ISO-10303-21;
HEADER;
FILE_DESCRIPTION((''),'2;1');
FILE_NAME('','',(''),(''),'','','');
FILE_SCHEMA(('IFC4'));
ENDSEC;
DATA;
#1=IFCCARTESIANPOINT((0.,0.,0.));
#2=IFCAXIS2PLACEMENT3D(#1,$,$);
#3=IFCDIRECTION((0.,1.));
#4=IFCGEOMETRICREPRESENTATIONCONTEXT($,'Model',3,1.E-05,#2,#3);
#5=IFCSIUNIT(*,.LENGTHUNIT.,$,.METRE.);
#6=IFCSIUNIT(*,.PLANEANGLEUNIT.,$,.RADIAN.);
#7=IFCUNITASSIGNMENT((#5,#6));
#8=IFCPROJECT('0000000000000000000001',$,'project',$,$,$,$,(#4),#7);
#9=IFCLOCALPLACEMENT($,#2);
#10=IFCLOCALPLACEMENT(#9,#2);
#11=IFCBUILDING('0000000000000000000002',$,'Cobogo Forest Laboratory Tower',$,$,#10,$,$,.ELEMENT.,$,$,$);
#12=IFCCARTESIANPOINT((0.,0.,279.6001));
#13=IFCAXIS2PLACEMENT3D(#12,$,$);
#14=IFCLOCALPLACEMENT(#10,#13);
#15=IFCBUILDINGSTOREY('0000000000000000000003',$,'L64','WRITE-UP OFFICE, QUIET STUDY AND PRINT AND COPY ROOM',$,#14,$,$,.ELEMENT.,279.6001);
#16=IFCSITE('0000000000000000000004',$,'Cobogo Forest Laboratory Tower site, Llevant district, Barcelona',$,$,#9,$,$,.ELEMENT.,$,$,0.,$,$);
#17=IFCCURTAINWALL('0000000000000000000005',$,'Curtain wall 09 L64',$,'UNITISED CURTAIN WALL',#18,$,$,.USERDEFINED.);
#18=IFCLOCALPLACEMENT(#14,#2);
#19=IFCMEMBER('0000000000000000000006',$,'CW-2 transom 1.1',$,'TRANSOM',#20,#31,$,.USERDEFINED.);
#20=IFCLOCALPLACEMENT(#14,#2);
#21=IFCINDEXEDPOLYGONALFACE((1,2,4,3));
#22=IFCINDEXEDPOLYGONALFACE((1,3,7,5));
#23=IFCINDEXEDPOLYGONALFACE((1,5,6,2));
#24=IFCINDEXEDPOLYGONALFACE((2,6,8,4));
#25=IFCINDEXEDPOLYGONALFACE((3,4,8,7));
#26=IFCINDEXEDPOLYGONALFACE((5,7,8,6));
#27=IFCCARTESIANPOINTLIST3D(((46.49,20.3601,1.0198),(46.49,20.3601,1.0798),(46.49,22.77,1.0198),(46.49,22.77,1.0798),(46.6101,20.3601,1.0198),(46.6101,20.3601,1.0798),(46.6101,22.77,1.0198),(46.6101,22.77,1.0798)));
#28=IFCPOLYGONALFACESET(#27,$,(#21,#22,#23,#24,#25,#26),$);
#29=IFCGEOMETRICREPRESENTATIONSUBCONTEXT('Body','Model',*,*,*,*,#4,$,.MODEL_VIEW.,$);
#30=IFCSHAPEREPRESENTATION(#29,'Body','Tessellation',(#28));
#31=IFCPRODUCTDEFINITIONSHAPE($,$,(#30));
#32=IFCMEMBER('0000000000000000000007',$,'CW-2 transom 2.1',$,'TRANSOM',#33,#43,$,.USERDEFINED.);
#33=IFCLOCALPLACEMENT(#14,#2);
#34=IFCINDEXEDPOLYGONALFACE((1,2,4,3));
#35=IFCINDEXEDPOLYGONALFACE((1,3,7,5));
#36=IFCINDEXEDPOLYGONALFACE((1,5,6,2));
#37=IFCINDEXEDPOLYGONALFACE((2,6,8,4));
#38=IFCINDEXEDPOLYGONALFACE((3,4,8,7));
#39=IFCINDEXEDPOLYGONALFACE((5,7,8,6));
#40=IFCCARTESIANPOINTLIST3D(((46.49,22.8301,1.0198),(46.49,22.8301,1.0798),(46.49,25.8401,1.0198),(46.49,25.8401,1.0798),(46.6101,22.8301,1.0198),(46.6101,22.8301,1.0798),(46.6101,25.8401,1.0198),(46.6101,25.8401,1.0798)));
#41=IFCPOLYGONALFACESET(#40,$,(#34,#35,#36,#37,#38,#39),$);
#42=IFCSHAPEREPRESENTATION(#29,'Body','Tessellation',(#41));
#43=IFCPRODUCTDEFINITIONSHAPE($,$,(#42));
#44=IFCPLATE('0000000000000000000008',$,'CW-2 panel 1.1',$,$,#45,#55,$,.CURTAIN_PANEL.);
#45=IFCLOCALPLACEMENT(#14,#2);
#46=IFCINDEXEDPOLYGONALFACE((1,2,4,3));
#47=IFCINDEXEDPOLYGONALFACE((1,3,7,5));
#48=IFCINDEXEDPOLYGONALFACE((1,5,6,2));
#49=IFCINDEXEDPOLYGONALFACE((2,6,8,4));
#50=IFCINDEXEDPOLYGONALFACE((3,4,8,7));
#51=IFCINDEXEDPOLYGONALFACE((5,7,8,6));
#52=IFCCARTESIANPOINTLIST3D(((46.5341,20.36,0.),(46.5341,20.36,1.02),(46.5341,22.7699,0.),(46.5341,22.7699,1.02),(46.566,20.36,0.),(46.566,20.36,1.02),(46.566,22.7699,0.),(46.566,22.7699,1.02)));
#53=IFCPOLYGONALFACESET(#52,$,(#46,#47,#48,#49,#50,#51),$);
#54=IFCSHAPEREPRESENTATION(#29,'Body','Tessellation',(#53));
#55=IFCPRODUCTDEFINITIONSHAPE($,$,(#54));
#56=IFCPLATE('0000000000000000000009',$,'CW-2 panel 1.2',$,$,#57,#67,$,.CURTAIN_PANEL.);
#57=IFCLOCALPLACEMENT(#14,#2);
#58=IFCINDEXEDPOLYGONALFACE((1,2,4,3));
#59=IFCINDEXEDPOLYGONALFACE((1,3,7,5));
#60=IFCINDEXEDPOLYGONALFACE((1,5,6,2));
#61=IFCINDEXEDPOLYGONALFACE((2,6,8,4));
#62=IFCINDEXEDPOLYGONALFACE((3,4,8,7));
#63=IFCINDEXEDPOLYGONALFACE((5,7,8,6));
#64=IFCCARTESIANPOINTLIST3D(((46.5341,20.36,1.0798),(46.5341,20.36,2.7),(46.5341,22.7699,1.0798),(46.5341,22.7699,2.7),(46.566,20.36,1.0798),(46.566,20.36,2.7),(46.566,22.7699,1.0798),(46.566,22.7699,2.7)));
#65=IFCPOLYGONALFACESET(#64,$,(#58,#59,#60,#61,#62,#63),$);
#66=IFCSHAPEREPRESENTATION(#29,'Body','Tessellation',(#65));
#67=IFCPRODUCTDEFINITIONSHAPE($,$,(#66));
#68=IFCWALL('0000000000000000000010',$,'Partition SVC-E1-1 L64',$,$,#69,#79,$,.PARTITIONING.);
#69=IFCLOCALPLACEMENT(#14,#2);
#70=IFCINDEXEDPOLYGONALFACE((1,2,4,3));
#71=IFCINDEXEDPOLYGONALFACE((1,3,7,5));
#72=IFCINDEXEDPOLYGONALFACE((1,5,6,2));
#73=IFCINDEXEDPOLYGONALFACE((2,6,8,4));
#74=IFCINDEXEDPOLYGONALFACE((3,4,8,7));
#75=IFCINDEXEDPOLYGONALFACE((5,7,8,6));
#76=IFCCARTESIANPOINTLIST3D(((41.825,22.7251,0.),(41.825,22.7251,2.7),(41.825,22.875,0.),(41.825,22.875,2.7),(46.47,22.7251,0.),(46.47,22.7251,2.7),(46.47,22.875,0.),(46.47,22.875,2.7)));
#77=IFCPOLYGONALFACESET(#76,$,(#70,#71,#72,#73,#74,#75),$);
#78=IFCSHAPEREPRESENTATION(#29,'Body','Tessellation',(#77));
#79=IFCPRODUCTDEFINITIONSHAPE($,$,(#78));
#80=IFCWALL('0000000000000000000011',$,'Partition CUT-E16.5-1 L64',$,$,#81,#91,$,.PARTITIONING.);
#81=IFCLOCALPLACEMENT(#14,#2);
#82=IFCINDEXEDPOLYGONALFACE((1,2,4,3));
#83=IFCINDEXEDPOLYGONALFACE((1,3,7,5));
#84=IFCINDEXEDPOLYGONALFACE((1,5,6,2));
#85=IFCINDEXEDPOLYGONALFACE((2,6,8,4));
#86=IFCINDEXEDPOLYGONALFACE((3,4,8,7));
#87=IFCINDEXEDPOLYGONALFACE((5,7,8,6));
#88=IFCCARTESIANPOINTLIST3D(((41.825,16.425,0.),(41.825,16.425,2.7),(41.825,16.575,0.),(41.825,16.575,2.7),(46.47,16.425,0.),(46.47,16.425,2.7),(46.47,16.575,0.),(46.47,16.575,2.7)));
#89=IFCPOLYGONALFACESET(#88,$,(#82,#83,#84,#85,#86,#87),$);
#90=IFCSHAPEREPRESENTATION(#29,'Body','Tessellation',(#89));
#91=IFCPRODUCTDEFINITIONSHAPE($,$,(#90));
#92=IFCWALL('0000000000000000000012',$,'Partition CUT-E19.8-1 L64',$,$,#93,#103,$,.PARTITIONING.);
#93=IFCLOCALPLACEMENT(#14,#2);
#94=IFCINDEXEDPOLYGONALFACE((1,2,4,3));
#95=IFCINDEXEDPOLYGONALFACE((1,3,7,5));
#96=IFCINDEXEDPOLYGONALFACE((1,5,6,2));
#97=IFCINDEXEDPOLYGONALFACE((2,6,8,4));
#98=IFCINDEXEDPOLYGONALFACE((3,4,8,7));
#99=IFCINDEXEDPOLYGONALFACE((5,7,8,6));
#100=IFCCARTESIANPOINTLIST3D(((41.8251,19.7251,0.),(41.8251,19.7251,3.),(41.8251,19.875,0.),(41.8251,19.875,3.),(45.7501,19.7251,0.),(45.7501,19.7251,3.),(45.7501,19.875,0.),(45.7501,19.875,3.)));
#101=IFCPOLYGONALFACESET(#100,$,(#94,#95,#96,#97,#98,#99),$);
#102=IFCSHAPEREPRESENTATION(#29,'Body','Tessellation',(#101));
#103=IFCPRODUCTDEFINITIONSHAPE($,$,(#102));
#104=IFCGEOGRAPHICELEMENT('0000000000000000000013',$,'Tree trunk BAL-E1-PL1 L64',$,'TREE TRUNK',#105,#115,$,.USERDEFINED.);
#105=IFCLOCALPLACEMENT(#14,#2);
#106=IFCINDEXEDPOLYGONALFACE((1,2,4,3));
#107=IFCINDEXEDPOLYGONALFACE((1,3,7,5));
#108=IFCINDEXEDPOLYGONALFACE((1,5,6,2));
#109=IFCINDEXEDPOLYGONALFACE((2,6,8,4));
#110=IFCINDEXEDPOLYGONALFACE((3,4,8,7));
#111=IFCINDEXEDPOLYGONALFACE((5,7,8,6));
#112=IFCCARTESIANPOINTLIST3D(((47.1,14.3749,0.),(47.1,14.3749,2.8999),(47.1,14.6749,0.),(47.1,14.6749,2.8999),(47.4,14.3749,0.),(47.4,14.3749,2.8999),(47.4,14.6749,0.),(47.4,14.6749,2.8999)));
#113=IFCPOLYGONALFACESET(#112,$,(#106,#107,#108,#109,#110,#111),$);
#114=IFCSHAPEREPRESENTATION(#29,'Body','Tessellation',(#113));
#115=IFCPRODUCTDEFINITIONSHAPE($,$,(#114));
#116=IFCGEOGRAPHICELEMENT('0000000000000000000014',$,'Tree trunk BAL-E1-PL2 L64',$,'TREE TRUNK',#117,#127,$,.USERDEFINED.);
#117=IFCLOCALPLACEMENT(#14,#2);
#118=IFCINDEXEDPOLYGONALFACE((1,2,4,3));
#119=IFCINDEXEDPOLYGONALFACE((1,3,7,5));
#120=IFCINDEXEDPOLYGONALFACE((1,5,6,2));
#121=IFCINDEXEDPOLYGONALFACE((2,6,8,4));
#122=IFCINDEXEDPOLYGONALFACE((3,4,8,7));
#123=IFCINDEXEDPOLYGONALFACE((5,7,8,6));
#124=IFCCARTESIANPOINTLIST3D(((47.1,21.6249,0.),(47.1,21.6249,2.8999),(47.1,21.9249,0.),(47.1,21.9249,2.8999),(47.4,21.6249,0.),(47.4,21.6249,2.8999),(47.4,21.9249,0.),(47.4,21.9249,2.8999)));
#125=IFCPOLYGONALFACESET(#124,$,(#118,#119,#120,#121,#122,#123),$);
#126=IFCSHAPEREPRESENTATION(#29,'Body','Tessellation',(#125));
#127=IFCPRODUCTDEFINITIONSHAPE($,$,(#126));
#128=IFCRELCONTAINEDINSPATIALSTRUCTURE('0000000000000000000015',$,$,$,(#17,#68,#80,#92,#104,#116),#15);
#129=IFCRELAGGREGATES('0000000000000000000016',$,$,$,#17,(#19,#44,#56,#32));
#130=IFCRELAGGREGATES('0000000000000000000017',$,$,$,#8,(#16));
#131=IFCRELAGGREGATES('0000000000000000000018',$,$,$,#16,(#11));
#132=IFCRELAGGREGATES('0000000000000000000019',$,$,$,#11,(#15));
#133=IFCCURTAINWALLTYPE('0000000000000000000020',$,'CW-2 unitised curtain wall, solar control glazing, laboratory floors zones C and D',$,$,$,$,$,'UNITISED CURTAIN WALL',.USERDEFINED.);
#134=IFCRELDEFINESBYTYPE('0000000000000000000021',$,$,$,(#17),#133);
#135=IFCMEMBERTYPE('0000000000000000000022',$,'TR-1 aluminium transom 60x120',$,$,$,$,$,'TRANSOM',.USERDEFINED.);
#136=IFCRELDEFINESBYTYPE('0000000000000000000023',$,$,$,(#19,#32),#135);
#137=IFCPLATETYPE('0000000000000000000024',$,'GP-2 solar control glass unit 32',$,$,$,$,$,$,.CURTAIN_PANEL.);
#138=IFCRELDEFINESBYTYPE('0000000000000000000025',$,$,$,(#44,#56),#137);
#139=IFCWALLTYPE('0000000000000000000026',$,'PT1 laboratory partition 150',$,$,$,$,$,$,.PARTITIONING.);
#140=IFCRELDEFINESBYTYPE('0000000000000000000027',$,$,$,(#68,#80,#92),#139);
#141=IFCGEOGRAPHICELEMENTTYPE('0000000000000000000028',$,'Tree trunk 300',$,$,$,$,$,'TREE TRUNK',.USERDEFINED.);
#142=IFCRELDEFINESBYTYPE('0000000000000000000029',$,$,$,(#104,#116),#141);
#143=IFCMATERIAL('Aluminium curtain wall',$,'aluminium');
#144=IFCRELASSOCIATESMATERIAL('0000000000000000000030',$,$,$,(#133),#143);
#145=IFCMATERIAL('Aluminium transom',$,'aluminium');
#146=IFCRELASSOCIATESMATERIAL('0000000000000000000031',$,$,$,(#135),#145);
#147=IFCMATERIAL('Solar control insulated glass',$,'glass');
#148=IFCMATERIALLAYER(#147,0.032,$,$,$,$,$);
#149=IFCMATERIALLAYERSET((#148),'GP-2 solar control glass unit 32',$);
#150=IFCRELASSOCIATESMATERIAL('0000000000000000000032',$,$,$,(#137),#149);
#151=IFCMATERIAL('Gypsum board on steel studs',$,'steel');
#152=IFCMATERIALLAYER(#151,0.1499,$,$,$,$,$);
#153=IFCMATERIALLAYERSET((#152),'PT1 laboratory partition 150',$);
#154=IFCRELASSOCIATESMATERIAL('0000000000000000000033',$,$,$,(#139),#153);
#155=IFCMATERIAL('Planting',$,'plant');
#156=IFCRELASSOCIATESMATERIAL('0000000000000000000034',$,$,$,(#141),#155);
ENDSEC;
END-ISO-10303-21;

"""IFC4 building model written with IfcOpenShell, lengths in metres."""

from ifc_helpers import new_model, si_unit, direction, frame, frame_2d, origin, origin_2d, place, context, subcontext, project, spatial, rectangle, extrude, material, layer, layer_set, material_profile, profile_set, type_object, element, aggregate, save


model = new_model("IFC4")

# Units and contexts
model_context = context("Model", 3, precision=1e-05, world=origin(), true_north=direction((0.0, 1.0)))
body_context = subcontext(model_context, "Body", "Model", "MODEL_VIEW")
ifc_project = project(units=[si_unit("LENGTHUNIT", "METRE"), si_unit("PLANEANGLEUNIT", "RADIAN")], contexts=[model_context])

# Site, building, storey
site_placement = place(None, origin())
site = spatial("IfcSite", under=ifc_project, at=site_placement, Name="Cobogo Forest Laboratory Tower site, Llevant district, Barcelona", CompositionType="ELEMENT", RefElevation=0.0)
building_placement = place(site_placement, origin())
building = spatial("IfcBuilding", under=site, at=building_placement, Name="Cobogo Forest Laboratory Tower", CompositionType="ELEMENT")
storey_placement = place(building_placement, frame((0.0, 0.0, 279.6001)))
storey = spatial("IfcBuildingStorey", under=building, at=storey_placement, Name="L64", Description="WRITE-UP OFFICE, QUIET STUDY AND PRINT AND COPY ROOM", CompositionType="ELEMENT", Elevation=279.6001)

# Shared definitions
ifc_material_1 = material(Name="Aluminium curtain wall", Category="aluminium")
curtain_wall_type = type_object("IfcCurtainWallType", Name="CW-2 unitised curtain wall, solar control glazing, laboratory floors zones C and D", ElementType="UNITISED CURTAIN WALL", PredefinedType="USERDEFINED", material=ifc_material_1)

# Curtain wall
curtain_wall_1_placement = place(storey_placement, origin())
curtain_wall_1 = element("IfcCurtainWall", 1, at=curtain_wall_1_placement, inside=storey, type_object=curtain_wall_type, Name="Curtain wall 09 L64", ObjectType="UNITISED CURTAIN WALL", PredefinedType="USERDEFINED")

# Members
ifc_material_2 = material(Name="Aluminium transom", Category="aluminium")
ifc_material_profile_1 = material_profile(ifc_material_2, rectangle(XDim=0.1201, YDim=0.0601, at=origin_2d()), Name="AL 60x120")
ifc_profile_set_1 = profile_set([ifc_material_profile_1], Name="Aluminium transom")
member_type_1 = type_object("IfcMemberType", Name="TR-1 aluminium transom 60x120", ElementType="TRANSOM", PredefinedType="USERDEFINED", material=ifc_profile_set_1)
member_1_placement = place(storey_placement, frame((46.55, 20.3601, 1.0498), z_axis=(0.0, 1.0, 0.0), x_axis=(-1.0, 0.0, 0.0)))
member_1 = element("IfcMember", 2, at=member_1_placement, type_object=member_type_1, Name="CW-2 transom 1.1", ObjectType="TRANSOM", PredefinedType="USERDEFINED", context=body_context, shape_type="SweptSolid", body=[
    extrude(rectangle(XDim=0.1201, YDim=0.0601, at=origin_2d()), origin(), (0.0, 0.0, 1.0), 2.4099),
])
member_2_placement = place(storey_placement, frame((46.55, 22.8301, 1.0498), z_axis=(0.0, 1.0, 0.0), x_axis=(-1.0, 0.0, 0.0)))
member_2 = element("IfcMember", 3, at=member_2_placement, type_object=member_type_1, Name="CW-2 transom 2.1", ObjectType="TRANSOM", PredefinedType="USERDEFINED", context=body_context, shape_type="SweptSolid", body=[
    extrude(rectangle(XDim=0.1201, YDim=0.0601, at=origin_2d()), origin(), (0.0, 0.0, 1.0), 3.01),
])

# Plates
ifc_material_3 = material(Name="Solar control insulated glass", Category="glass")
ifc_layer_1 = layer(ifc_material_3, 0.032)
ifc_layer_set_1 = layer_set([ifc_layer_1], Name="GP-2 solar control glass unit 32")
plate_type = type_object("IfcPlateType", Name="GP-2 solar control glass unit 32", PredefinedType="CURTAIN_PANEL", material=ifc_layer_set_1)
plate_1_placement = place(storey_placement, frame((46.55, 21.5649, 0.0), z_axis=(0.0, 0.0, 1.0), x_axis=(0.0, 1.0, 0.0)))
plate_1 = element("IfcPlate", 4, at=plate_1_placement, type_object=plate_type, Name="CW-2 panel 1.1", PredefinedType="CURTAIN_PANEL", context=body_context, shape_type="SweptSolid", body=[
    extrude(rectangle(XDim=2.4099, YDim=0.032, at=origin_2d()), origin(), (0.0, 0.0, 1.0), 1.02),
])
plate_2_placement = place(storey_placement, frame((46.55, 21.5649, 1.0798), z_axis=(0.0, 0.0, 1.0), x_axis=(0.0, 1.0, 0.0)))
plate_2 = element("IfcPlate", 5, at=plate_2_placement, type_object=plate_type, Name="CW-2 panel 1.2", PredefinedType="CURTAIN_PANEL", context=body_context, shape_type="SweptSolid", body=[
    extrude(rectangle(XDim=2.4099, YDim=0.032, at=origin_2d()), origin(), (0.0, 0.0, 1.0), 1.6201),
])
aggregate(curtain_wall_1, [member_1, plate_1, plate_2, member_2])

# Walls
ifc_material_4 = material(Name="Gypsum board on steel studs", Category="steel")
ifc_layer_2 = layer(ifc_material_4, 0.1499)
ifc_layer_set_2 = layer_set([ifc_layer_2], Name="PT1 laboratory partition 150")
wall_type_1 = type_object("IfcWallType", Name="PT1 laboratory partition 150", PredefinedType="PARTITIONING", material=ifc_layer_set_2)
for number, where, z_axis, x_axis, name in (
    (6, (46.47, 22.8, 0.0), (0.0, 0.0, 1.0), (-1.0, 0.0, 0.0), "Partition SVC-E1-1 L64"),
    (7, (46.47, 16.5, 0.0), (0.0, 0.0, 1.0), (-1.0, 0.0, 0.0), "Partition CUT-E16.5-1 L64"),
):
    element("IfcWall", number, at=place(storey_placement, frame(where, z_axis=z_axis, x_axis=x_axis)), inside=storey, type_object=wall_type_1, Name=name, PredefinedType="PARTITIONING", context=body_context, shape_type="SweptSolid", body=[
        extrude(rectangle(XDim=4.645, YDim=0.1499, at=frame_2d((2.3225, 0.0))), origin(), (0.0, 0.0, 1.0), 2.7),
    ])
wall_1_placement = place(storey_placement, frame((45.75, 19.8, 0.0), z_axis=(0.0, 0.0, 1.0), x_axis=(-1.0, 0.0, 0.0)))
element("IfcWall", 8, at=wall_1_placement, inside=storey, type_object=wall_type_1, Name="Partition CUT-E19.8-1 L64", PredefinedType="PARTITIONING", context=body_context, shape_type="SweptSolid", body=[
    extrude(rectangle(XDim=3.925, YDim=0.1499, at=frame_2d((1.9624, 0.0))), origin(), (0.0, 0.0, 1.0), 3.0),
])

# Geographic elements
ifc_material_5 = material(Name="Planting", Category="plant")
geographic_element_type = type_object("IfcGeographicElementType", Name="Tree trunk 300", ElementType="TREE TRUNK", PredefinedType="USERDEFINED", material=ifc_material_5)
for number, where, z_axis, x_axis, name in (
    (9, (47.25, 14.5249, 0.0), (0.0, 0.0, 1.0), (1.0, 0.0, 0.0), "Tree trunk BAL-E1-PL1 L64"),
    (10, (47.25, 21.7749, 0.0), (0.0, 0.0, 1.0), (1.0, 0.0, 0.0), "Tree trunk BAL-E1-PL2 L64"),
):
    element("IfcGeographicElement", number, at=place(storey_placement, frame(where, z_axis=z_axis, x_axis=x_axis)), inside=storey, type_object=geographic_element_type, Name=name, ObjectType="TREE TRUNK", PredefinedType="USERDEFINED", context=body_context, shape_type="SweptSolid", body=[
        extrude(rectangle(XDim=0.3, YDim=0.3, at=origin_2d()), origin(), (0.0, 0.0, 1.0), 2.8999),
    ])

save(model, "model.ifc")
